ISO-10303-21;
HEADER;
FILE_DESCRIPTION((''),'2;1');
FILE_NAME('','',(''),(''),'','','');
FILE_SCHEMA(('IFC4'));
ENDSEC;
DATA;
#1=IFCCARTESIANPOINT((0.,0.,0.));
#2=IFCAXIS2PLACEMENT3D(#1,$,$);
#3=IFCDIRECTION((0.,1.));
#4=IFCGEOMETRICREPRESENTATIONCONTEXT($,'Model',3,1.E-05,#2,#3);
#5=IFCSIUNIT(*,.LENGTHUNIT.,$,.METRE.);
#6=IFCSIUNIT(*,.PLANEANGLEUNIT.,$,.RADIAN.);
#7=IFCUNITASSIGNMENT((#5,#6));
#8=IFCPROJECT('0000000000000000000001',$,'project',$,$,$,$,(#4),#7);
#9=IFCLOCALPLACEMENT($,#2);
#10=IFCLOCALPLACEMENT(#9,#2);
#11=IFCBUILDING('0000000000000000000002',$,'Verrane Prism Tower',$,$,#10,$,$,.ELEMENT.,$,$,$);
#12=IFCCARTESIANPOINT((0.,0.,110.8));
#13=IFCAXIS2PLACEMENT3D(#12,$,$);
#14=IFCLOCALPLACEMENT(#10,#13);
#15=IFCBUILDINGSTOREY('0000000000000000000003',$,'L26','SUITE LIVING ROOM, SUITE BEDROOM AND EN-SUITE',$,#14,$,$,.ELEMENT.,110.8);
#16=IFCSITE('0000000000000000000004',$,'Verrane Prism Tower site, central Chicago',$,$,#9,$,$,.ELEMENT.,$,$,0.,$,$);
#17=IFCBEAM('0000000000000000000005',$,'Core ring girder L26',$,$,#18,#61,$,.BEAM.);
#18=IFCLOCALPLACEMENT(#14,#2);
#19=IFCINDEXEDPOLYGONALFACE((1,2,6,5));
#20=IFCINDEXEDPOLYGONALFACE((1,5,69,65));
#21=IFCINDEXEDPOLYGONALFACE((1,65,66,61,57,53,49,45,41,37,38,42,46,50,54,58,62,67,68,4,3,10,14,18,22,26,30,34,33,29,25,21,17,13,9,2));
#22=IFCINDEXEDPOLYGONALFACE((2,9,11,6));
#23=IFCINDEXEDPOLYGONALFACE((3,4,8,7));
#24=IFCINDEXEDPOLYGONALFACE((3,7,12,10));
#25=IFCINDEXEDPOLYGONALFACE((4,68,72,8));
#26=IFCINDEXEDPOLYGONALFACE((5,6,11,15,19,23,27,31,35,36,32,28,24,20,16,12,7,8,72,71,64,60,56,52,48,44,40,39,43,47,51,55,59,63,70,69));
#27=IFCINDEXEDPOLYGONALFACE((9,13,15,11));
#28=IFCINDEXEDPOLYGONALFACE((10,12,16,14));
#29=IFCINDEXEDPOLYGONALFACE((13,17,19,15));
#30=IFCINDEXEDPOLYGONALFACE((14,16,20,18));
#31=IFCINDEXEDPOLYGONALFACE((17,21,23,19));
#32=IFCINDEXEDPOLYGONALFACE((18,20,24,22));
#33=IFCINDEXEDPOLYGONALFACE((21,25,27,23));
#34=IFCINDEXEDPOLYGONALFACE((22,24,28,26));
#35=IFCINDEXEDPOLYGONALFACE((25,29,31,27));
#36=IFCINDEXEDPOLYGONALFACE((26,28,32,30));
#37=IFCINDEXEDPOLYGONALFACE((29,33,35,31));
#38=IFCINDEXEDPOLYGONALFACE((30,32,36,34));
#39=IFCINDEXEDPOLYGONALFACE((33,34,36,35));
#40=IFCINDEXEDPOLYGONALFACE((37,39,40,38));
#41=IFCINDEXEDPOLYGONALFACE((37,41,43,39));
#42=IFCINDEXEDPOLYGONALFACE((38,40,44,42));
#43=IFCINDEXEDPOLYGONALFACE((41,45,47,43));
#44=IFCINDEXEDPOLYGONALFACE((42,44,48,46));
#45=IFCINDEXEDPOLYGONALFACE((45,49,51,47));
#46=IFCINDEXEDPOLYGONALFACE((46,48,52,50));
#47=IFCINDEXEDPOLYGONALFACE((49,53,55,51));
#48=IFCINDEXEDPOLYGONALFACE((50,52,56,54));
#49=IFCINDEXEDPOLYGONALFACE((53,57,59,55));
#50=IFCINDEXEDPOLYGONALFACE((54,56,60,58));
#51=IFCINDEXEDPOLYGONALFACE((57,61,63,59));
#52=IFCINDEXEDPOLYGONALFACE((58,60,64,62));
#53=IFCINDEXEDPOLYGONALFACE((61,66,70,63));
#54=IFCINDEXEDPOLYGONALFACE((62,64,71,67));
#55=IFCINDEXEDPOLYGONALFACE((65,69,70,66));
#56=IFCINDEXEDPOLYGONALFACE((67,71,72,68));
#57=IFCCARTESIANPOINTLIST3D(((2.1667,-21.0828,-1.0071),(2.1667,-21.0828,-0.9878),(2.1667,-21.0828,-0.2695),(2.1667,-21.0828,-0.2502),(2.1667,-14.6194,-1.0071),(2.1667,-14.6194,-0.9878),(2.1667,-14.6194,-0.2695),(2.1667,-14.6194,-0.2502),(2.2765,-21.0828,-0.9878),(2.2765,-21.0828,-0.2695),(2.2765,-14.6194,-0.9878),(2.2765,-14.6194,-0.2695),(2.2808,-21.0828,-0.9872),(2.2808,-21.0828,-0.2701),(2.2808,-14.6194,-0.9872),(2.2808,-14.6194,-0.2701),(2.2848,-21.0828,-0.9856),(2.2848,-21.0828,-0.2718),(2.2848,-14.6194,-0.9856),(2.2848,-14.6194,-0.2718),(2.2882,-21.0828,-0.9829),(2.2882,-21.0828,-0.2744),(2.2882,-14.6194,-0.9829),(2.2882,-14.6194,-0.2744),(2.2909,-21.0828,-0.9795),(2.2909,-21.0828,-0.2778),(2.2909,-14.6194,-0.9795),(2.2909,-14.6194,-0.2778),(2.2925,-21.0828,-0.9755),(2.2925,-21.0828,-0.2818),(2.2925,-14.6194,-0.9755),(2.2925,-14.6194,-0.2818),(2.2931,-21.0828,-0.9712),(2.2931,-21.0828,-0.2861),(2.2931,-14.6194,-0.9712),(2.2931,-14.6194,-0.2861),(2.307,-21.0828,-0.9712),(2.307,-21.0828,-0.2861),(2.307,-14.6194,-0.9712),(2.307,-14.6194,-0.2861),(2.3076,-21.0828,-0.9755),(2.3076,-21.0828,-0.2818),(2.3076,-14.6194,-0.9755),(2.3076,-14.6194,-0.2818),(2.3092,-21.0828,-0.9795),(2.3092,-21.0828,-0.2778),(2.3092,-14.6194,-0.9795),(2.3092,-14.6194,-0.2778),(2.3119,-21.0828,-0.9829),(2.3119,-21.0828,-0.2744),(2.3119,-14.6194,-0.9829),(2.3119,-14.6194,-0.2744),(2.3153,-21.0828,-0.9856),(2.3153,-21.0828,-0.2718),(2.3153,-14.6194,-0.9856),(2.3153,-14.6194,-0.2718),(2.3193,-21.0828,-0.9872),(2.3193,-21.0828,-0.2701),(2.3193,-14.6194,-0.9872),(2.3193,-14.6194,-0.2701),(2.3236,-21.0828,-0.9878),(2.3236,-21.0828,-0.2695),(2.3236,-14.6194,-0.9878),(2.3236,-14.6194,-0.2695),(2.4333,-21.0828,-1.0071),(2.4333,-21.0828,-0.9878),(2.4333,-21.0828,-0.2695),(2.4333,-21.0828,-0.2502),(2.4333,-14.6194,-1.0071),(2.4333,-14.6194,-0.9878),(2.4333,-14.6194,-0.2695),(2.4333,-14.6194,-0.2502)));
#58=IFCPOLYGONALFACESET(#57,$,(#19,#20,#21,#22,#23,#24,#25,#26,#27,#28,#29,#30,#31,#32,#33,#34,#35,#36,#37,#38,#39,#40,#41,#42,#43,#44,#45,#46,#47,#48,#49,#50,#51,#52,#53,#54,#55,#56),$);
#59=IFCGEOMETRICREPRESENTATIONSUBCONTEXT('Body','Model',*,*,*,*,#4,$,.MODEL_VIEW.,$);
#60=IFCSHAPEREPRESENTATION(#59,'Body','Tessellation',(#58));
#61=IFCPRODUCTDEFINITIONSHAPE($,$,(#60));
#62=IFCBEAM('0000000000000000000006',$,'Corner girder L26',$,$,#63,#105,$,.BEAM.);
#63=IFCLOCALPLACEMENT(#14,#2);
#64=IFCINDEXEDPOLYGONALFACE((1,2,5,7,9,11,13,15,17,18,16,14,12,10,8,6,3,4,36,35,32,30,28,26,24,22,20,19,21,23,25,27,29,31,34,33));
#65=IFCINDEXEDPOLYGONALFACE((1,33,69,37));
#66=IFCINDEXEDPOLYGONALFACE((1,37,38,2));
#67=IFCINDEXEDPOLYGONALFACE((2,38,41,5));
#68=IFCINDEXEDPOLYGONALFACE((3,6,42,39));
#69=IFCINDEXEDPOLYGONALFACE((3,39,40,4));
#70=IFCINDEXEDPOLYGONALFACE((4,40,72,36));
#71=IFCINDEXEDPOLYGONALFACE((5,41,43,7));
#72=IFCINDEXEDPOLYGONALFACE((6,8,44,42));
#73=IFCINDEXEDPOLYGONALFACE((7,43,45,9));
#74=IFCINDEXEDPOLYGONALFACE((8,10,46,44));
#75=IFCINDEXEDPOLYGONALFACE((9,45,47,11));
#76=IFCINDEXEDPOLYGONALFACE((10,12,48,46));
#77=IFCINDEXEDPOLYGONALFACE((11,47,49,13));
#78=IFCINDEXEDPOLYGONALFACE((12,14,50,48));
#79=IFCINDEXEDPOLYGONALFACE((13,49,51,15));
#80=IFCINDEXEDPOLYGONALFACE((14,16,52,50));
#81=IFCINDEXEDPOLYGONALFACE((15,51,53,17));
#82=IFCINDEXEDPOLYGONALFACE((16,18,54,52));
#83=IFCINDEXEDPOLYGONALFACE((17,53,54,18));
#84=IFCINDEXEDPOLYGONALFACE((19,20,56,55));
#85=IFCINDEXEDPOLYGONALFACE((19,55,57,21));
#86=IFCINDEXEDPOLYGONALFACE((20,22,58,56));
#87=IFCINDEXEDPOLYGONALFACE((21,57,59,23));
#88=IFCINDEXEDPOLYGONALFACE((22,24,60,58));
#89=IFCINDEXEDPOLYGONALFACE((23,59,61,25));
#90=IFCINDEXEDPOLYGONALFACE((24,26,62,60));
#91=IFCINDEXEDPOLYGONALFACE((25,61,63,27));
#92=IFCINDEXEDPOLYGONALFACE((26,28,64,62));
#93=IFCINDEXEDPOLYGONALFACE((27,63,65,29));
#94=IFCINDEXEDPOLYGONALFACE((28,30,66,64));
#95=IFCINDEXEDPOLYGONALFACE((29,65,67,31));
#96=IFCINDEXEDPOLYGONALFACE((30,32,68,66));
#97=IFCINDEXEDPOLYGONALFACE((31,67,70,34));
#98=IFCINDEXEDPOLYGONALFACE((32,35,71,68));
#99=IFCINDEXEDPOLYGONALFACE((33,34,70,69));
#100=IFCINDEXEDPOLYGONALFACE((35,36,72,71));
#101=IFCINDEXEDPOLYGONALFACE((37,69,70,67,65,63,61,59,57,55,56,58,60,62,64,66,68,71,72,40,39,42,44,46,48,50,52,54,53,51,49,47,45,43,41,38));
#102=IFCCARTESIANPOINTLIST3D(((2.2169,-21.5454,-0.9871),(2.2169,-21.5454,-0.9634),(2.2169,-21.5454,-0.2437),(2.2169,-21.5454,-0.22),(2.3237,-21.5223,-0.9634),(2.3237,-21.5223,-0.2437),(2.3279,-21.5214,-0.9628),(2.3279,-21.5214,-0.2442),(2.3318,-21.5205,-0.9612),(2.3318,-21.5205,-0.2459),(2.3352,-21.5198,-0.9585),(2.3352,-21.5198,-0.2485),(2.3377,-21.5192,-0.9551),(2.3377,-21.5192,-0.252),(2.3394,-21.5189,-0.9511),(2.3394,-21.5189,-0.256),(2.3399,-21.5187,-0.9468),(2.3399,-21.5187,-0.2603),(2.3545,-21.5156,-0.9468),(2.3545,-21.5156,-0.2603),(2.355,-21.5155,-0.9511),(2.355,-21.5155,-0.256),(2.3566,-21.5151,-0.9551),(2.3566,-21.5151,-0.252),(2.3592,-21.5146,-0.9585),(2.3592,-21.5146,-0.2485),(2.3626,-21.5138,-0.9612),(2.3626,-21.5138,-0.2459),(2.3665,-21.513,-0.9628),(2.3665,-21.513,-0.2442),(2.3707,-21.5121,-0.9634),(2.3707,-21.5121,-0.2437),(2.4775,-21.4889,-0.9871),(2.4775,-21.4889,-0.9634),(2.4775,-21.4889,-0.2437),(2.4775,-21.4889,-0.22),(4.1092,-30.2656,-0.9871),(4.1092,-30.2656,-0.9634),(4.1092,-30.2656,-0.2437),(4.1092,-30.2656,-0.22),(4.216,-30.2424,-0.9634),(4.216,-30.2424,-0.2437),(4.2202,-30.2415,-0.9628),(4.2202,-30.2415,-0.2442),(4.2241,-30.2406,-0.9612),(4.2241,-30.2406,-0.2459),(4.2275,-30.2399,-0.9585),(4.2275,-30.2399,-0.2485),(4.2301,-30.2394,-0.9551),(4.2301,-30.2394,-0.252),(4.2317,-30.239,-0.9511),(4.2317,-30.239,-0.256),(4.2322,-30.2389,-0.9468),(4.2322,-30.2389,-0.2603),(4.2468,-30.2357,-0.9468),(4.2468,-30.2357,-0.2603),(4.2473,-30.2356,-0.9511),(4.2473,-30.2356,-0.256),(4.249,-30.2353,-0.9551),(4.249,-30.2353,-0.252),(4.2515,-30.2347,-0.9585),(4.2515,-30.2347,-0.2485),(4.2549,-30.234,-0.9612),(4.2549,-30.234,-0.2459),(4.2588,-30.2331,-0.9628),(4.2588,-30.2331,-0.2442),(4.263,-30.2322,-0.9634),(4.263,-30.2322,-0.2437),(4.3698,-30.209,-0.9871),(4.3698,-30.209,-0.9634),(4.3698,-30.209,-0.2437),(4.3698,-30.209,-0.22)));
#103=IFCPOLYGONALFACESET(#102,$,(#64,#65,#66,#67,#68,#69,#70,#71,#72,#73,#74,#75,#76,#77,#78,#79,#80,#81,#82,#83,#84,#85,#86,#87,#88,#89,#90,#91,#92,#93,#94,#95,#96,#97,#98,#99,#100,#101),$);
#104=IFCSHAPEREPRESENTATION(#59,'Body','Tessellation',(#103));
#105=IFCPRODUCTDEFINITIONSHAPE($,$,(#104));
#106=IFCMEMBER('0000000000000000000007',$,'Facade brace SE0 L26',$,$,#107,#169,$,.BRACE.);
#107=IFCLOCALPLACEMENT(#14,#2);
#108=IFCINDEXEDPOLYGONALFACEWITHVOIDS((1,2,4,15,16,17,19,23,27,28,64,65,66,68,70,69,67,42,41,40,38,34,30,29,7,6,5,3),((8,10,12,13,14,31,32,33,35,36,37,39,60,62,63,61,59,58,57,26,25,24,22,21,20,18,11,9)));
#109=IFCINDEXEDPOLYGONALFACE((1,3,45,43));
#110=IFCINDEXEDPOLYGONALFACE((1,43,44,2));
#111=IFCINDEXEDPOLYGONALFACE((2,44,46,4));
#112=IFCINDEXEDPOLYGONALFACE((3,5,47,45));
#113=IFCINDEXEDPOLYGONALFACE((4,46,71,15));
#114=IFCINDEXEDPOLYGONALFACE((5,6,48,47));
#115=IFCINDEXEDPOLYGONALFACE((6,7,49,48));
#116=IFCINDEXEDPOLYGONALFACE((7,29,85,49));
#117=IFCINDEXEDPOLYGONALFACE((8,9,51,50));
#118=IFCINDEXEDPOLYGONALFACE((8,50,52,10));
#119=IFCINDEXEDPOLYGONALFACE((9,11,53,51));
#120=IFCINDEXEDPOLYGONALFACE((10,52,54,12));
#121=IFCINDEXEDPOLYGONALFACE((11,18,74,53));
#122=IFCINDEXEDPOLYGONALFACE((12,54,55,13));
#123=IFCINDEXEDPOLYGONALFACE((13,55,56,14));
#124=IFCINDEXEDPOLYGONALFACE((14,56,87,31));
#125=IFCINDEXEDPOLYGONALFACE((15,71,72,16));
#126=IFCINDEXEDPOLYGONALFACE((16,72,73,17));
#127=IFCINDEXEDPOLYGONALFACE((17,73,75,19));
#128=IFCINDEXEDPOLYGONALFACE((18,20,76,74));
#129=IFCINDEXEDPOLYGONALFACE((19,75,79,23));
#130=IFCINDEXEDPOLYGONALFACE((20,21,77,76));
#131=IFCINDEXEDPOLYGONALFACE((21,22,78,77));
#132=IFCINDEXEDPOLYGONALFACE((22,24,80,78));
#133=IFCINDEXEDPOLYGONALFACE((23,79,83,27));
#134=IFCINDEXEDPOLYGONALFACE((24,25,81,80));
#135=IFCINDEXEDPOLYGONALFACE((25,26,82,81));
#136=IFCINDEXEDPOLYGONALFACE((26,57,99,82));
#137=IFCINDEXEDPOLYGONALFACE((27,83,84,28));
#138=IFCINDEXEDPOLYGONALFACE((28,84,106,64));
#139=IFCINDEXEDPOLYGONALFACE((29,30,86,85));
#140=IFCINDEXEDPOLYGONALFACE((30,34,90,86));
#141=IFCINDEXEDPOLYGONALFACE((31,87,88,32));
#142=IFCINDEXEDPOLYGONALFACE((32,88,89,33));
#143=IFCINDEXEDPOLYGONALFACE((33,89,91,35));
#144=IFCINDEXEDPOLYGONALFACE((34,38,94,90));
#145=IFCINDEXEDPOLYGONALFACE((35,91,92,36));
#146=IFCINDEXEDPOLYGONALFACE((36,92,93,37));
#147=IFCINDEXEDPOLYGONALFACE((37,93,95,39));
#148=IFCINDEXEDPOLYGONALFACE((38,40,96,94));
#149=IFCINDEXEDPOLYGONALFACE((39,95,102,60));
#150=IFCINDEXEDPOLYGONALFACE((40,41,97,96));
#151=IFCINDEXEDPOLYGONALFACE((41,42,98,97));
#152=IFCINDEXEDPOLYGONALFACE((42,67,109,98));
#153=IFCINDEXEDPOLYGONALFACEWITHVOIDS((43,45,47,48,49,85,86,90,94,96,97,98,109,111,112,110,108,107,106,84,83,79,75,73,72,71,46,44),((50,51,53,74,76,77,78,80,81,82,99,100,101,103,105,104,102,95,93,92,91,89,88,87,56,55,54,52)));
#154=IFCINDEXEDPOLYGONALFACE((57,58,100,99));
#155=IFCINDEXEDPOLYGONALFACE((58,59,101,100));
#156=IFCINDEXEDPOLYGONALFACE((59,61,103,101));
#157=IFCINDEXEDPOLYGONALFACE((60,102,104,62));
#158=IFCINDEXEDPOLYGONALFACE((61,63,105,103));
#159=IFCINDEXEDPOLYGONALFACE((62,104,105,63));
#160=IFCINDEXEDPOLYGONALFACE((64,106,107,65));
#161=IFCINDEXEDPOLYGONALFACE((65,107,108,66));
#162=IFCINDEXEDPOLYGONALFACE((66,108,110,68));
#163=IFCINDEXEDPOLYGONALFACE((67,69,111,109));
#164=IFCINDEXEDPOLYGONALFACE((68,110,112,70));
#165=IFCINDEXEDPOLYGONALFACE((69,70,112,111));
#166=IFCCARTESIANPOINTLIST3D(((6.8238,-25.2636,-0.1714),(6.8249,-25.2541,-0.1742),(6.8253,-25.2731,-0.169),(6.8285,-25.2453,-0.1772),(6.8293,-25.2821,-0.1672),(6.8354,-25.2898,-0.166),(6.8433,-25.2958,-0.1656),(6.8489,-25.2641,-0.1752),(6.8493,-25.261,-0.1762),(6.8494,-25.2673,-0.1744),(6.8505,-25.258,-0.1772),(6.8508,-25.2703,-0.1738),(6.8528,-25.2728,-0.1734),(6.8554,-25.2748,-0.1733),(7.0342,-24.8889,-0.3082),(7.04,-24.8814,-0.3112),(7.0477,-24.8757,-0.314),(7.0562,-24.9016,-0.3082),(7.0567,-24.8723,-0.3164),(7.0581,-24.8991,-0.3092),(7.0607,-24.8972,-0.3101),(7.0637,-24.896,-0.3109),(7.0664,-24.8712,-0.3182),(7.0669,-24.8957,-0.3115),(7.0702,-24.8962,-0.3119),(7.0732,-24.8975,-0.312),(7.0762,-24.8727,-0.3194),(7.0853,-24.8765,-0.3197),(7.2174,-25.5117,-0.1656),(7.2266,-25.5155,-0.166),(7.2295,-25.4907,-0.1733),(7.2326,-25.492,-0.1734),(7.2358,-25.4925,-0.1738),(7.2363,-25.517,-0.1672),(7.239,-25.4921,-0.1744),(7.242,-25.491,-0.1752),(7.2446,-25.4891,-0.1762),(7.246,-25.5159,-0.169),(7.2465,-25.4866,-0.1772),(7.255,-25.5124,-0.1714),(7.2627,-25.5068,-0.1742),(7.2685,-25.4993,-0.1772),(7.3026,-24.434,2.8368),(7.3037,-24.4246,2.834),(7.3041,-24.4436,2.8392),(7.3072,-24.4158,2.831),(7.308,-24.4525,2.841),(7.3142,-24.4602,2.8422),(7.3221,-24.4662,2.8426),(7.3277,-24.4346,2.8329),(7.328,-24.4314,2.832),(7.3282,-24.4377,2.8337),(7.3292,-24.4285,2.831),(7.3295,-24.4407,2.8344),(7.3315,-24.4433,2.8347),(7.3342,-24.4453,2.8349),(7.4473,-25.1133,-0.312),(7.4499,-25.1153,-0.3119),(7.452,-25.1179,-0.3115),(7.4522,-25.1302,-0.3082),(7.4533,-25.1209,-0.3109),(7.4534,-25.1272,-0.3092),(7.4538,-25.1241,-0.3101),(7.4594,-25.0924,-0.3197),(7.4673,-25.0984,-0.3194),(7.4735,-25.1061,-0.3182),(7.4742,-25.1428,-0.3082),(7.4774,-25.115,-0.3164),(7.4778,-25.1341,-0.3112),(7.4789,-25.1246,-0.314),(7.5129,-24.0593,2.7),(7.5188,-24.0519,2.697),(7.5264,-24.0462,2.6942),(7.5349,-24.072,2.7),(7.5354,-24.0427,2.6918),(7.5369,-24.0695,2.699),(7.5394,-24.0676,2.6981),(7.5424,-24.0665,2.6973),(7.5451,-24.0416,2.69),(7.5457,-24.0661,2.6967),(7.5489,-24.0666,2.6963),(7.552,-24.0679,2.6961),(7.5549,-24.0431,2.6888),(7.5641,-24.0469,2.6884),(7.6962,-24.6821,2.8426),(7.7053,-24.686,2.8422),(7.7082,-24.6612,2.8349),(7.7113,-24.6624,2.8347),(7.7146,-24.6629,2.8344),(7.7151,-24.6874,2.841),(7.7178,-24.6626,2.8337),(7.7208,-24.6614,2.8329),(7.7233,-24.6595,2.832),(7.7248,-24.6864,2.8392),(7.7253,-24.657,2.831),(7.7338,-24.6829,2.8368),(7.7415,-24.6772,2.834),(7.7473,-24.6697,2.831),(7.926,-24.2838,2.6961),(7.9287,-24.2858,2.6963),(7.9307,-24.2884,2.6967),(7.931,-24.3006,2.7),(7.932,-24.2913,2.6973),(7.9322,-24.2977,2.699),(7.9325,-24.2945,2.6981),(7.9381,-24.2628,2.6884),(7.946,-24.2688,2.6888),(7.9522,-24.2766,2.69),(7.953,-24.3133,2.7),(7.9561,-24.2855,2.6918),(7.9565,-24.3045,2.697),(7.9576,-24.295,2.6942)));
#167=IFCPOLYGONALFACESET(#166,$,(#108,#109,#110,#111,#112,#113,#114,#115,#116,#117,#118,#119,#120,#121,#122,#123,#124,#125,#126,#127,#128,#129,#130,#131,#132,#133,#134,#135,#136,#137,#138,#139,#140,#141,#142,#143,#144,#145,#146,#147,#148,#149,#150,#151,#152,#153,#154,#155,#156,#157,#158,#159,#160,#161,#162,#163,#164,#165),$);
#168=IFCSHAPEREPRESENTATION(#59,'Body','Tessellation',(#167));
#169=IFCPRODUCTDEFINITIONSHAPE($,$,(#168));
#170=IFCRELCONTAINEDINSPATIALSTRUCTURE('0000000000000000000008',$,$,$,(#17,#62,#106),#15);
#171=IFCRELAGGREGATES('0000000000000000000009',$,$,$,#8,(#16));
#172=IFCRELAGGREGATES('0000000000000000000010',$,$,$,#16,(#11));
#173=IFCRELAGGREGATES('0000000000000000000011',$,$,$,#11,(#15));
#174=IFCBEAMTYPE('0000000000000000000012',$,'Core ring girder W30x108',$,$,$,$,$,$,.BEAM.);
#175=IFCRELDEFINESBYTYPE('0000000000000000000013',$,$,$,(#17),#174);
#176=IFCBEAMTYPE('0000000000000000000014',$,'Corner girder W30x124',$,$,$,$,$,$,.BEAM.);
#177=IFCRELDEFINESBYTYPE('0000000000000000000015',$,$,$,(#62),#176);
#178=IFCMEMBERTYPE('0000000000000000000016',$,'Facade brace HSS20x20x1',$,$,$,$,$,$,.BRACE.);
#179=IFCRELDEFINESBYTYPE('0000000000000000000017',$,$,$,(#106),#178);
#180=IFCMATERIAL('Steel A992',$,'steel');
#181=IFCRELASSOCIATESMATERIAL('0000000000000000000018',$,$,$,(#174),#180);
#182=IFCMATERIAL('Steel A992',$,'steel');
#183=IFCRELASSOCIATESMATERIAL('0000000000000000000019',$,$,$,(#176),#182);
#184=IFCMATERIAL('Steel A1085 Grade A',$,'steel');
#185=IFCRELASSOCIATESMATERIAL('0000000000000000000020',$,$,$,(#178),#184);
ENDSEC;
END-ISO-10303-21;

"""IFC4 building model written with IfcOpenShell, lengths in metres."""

from ifc_helpers import new_model, si_unit, direction, frame, origin, origin_2d, place, context, subcontext, project, spatial, hollow_rectangle, i_section, extrude, material, material_profile, profile_set, type_object, element, save


model = new_model("IFC4")

# Units and contexts
model_context = context("Model", 3, precision=1e-05, world=origin(), true_north=direction((0.0, 1.0)))
body_context = subcontext(model_context, "Body", "Model", "MODEL_VIEW")
ifc_project = project(units=[si_unit("LENGTHUNIT", "METRE"), si_unit("PLANEANGLEUNIT", "RADIAN")], contexts=[model_context])

# Site, building, storey
site_placement = place(None, origin())
site = spatial("IfcSite", under=ifc_project, at=site_placement, Name="Verrane Prism Tower site, central Chicago", CompositionType="ELEMENT", RefElevation=0.0)
building_placement = place(site_placement, origin())
building = spatial("IfcBuilding", under=site, at=building_placement, Name="Verrane Prism Tower", CompositionType="ELEMENT")
storey_placement = place(building_placement, frame((0.0, 0.0, 110.8)))
storey = spatial("IfcBuildingStorey", under=building, at=storey_placement, Name="L26", Description="SUITE LIVING ROOM, SUITE BEDROOM AND EN-SUITE", CompositionType="ELEMENT", Elevation=110.8)

# Beams
ifc_material_1 = material(Name="Steel A992", Category="steel")
ifc_material_profile_1 = material_profile(ifc_material_1, i_section(OverallWidth=0.2666, OverallDepth=0.7568, WebThickness=0.0139, FlangeThickness=0.0193, FilletRadius=0.0166, at=origin_2d()), Name="W30x108")
ifc_profile_set_1 = profile_set([ifc_material_profile_1], Name="Steel A992")
beam_type_1 = type_object("IfcBeamType", Name="Core ring girder W30x108", PredefinedType="BEAM", material=ifc_profile_set_1)
beam_1_placement = place(storey_placement, frame((2.3, -21.0828, -0.6287), z_axis=(0.0, 1.0, 0.0), x_axis=(-1.0, 0.0, 0.0)))
element("IfcBeam", 1, at=beam_1_placement, inside=storey, type_object=beam_type_1, Name="Core ring girder L26", PredefinedType="BEAM", context=body_context, shape_type="SweptSolid", body=[
    extrude(i_section(OverallWidth=0.2666, OverallDepth=0.7568, WebThickness=0.0139, FlangeThickness=0.0193, FilletRadius=0.0166, at=origin_2d()), origin(), (0.0, 0.0, 1.0), 6.4634),
])
ifc_material_2 = material(Name="Steel A992", Category="steel")
ifc_material_profile_2 = material_profile(ifc_material_2, i_section(OverallWidth=0.2666, OverallDepth=0.7671, WebThickness=0.0149, FlangeThickness=0.0237, FilletRadius=0.0166, at=origin_2d()), Name="W30x124")
ifc_profile_set_2 = profile_set([ifc_material_profile_2], Name="Steel A992")
beam_type_2 = type_object("IfcBeamType", Name="Corner girder W30x124", PredefinedType="BEAM", material=ifc_profile_set_2)
beam_2_placement = place(storey_placement, frame((4.2395, -30.2373, -0.6035), z_axis=(-0.21207, 0.977255, 0.0), x_axis=(-0.977255, -0.21207, 0.0)))
element("IfcBeam", 2, at=beam_2_placement, inside=storey, type_object=beam_type_2, Name="Corner girder L26", PredefinedType="BEAM", context=body_context, shape_type="SweptSolid", body=[
    extrude(i_section(OverallWidth=0.2666, OverallDepth=0.7671, WebThickness=0.0149, FlangeThickness=0.0237, FilletRadius=0.0166, at=origin_2d()), origin(), (0.0, 0.0, 1.0), 8.9231),
])

# Member
ifc_material_3 = material(Name="Steel A1085 Grade A", Category="steel")
ifc_material_profile_3 = material_profile(ifc_material_3, hollow_rectangle(XDim=0.5081, YDim=0.5081, WallThickness=0.0254, InnerFilletRadius=0.0127, OuterFilletRadius=0.0381, at=origin_2d()), Name="HSS20x20x1")
ifc_profile_set_3 = profile_set([ifc_material_profile_3], Name="Steel A1085 Grade A")
member_type_1 = type_object("IfcMemberType", Name="Facade brace HSS20x20x1", PredefinedType="BRACE", material=ifc_profile_set_3)
for number, where, z_axis, x_axis, name in (
    (3, (7.1514, -25.1941, -0.2427), (0.151645, 0.262769, 0.952867), (-0.866118, 0.49984, 0.0), "Facade brace SE0 L26"),
):
    element("IfcMember", number, at=place(storey_placement, frame(where, z_axis=z_axis, x_axis=x_axis)), inside=storey, type_object=member_type_1, Name=name, PredefinedType="BRACE", context=body_context, shape_type="SweptSolid", body=[
        extrude(hollow_rectangle(XDim=0.5081, YDim=0.5081, WallThickness=0.0254, InnerFilletRadius=0.0127, OuterFilletRadius=0.0381, at=origin_2d()), origin(), (0.0, 0.0, 1.0), 3.157),
    ])

save(model, "model.ifc")
